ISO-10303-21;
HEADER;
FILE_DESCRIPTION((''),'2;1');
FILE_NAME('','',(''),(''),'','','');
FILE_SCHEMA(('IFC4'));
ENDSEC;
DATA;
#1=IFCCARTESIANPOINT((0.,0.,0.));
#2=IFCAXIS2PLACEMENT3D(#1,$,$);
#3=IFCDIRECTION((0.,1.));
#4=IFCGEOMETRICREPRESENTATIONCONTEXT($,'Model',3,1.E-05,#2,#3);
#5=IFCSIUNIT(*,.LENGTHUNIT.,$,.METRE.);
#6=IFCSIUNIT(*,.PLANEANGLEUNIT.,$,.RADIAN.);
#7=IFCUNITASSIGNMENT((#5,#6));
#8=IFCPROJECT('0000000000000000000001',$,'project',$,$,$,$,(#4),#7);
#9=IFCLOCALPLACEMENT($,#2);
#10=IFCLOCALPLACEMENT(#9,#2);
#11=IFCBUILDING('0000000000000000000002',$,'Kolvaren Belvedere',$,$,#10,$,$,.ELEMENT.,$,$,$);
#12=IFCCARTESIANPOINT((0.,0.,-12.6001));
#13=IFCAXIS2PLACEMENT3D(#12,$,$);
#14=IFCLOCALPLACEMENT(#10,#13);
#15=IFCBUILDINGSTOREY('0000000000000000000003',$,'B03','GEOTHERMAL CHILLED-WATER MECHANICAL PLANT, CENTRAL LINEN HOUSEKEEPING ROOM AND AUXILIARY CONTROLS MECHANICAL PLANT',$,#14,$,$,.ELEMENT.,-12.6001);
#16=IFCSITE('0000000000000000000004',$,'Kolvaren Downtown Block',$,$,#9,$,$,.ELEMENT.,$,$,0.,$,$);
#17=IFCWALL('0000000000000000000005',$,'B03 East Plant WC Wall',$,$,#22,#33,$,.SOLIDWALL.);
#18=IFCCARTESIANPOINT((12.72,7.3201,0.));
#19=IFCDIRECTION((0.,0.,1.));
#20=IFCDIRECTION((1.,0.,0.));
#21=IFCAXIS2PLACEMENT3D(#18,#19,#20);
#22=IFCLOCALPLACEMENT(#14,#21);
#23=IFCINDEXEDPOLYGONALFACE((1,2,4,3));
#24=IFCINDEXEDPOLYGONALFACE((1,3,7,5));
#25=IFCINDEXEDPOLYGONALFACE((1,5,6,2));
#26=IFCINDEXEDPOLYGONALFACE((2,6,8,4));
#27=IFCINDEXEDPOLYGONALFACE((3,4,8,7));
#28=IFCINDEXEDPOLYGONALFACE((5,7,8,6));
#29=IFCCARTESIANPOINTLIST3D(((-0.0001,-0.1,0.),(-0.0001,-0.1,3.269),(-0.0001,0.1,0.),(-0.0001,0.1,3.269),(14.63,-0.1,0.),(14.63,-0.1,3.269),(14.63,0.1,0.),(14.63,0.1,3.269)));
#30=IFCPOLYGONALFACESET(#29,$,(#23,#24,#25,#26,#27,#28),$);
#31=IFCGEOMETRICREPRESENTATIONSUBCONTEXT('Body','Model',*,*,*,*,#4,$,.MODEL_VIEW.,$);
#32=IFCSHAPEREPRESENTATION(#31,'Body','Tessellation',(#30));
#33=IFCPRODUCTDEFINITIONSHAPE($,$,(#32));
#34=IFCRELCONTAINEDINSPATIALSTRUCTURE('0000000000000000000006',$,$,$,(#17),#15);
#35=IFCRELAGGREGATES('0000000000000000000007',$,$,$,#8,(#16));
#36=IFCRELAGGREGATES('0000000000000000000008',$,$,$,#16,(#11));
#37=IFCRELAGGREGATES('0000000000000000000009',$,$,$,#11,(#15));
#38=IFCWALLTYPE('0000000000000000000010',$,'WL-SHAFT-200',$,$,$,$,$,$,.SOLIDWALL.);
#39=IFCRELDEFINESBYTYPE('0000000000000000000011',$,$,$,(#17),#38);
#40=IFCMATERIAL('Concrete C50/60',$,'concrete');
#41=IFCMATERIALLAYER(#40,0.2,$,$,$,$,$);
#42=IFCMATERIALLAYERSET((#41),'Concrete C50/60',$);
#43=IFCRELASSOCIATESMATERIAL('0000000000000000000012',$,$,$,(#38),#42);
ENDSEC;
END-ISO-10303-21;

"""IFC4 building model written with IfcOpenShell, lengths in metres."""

from ifc_helpers import new_model, si_unit, direction, frame, frame_2d, origin, place, context, subcontext, project, spatial, rectangle, extrude, material, layer, layer_set, type_object, element, save


model = new_model("IFC4")

# Units and contexts
model_context = context("Model", 3, precision=1e-05, world=origin(), true_north=direction((0.0, 1.0)))
body_context = subcontext(model_context, "Body", "Model", "MODEL_VIEW")
ifc_project = project(units=[si_unit("LENGTHUNIT", "METRE"), si_unit("PLANEANGLEUNIT", "RADIAN")], contexts=[model_context])

# Site, building, storey
site_placement = place(None, origin())
site = spatial("IfcSite", under=ifc_project, at=site_placement, Name="Kolvaren Downtown Block", CompositionType="ELEMENT", RefElevation=0.0)
building_placement = place(site_placement, origin())
building = spatial("IfcBuilding", under=site, at=building_placement, Name="Kolvaren Belvedere", CompositionType="ELEMENT")
storey_placement = place(building_placement, frame((0.0, 0.0, -12.6001)))
storey = spatial("IfcBuildingStorey", under=building, at=storey_placement, Name="B03", Description="GEOTHERMAL CHILLED-WATER MECHANICAL PLANT, CENTRAL LINEN HOUSEKEEPING ROOM AND AUXILIARY CONTROLS MECHANICAL PLANT", CompositionType="ELEMENT", Elevation=-12.6001)

# Wall
ifc_material_1 = material(Name="Concrete C50/60", Category="concrete")
ifc_layer_1 = layer(ifc_material_1, 0.2)
ifc_layer_set_1 = layer_set([ifc_layer_1], Name="Concrete C50/60")
wall_type_1 = type_object("IfcWallType", Name="WL-SHAFT-200", PredefinedType="SOLIDWALL", material=ifc_layer_set_1)
wall_1_placement = place(storey_placement, frame((12.72, 7.3201, 0.0), z_axis=(0.0, 0.0, 1.0), x_axis=(1.0, 0.0, 0.0)))
element("IfcWall", 1, at=wall_1_placement, inside=storey, type_object=wall_type_1, Name="B03 East Plant WC Wall", PredefinedType="SOLIDWALL", context=body_context, shape_type="SweptSolid", body=[
    extrude(rectangle(XDim=14.6301, YDim=0.2, at=frame_2d((7.3149, 0.0))), origin(), (0.0, 0.0, 1.0), 3.269),
])

save(model, "model.ifc")
